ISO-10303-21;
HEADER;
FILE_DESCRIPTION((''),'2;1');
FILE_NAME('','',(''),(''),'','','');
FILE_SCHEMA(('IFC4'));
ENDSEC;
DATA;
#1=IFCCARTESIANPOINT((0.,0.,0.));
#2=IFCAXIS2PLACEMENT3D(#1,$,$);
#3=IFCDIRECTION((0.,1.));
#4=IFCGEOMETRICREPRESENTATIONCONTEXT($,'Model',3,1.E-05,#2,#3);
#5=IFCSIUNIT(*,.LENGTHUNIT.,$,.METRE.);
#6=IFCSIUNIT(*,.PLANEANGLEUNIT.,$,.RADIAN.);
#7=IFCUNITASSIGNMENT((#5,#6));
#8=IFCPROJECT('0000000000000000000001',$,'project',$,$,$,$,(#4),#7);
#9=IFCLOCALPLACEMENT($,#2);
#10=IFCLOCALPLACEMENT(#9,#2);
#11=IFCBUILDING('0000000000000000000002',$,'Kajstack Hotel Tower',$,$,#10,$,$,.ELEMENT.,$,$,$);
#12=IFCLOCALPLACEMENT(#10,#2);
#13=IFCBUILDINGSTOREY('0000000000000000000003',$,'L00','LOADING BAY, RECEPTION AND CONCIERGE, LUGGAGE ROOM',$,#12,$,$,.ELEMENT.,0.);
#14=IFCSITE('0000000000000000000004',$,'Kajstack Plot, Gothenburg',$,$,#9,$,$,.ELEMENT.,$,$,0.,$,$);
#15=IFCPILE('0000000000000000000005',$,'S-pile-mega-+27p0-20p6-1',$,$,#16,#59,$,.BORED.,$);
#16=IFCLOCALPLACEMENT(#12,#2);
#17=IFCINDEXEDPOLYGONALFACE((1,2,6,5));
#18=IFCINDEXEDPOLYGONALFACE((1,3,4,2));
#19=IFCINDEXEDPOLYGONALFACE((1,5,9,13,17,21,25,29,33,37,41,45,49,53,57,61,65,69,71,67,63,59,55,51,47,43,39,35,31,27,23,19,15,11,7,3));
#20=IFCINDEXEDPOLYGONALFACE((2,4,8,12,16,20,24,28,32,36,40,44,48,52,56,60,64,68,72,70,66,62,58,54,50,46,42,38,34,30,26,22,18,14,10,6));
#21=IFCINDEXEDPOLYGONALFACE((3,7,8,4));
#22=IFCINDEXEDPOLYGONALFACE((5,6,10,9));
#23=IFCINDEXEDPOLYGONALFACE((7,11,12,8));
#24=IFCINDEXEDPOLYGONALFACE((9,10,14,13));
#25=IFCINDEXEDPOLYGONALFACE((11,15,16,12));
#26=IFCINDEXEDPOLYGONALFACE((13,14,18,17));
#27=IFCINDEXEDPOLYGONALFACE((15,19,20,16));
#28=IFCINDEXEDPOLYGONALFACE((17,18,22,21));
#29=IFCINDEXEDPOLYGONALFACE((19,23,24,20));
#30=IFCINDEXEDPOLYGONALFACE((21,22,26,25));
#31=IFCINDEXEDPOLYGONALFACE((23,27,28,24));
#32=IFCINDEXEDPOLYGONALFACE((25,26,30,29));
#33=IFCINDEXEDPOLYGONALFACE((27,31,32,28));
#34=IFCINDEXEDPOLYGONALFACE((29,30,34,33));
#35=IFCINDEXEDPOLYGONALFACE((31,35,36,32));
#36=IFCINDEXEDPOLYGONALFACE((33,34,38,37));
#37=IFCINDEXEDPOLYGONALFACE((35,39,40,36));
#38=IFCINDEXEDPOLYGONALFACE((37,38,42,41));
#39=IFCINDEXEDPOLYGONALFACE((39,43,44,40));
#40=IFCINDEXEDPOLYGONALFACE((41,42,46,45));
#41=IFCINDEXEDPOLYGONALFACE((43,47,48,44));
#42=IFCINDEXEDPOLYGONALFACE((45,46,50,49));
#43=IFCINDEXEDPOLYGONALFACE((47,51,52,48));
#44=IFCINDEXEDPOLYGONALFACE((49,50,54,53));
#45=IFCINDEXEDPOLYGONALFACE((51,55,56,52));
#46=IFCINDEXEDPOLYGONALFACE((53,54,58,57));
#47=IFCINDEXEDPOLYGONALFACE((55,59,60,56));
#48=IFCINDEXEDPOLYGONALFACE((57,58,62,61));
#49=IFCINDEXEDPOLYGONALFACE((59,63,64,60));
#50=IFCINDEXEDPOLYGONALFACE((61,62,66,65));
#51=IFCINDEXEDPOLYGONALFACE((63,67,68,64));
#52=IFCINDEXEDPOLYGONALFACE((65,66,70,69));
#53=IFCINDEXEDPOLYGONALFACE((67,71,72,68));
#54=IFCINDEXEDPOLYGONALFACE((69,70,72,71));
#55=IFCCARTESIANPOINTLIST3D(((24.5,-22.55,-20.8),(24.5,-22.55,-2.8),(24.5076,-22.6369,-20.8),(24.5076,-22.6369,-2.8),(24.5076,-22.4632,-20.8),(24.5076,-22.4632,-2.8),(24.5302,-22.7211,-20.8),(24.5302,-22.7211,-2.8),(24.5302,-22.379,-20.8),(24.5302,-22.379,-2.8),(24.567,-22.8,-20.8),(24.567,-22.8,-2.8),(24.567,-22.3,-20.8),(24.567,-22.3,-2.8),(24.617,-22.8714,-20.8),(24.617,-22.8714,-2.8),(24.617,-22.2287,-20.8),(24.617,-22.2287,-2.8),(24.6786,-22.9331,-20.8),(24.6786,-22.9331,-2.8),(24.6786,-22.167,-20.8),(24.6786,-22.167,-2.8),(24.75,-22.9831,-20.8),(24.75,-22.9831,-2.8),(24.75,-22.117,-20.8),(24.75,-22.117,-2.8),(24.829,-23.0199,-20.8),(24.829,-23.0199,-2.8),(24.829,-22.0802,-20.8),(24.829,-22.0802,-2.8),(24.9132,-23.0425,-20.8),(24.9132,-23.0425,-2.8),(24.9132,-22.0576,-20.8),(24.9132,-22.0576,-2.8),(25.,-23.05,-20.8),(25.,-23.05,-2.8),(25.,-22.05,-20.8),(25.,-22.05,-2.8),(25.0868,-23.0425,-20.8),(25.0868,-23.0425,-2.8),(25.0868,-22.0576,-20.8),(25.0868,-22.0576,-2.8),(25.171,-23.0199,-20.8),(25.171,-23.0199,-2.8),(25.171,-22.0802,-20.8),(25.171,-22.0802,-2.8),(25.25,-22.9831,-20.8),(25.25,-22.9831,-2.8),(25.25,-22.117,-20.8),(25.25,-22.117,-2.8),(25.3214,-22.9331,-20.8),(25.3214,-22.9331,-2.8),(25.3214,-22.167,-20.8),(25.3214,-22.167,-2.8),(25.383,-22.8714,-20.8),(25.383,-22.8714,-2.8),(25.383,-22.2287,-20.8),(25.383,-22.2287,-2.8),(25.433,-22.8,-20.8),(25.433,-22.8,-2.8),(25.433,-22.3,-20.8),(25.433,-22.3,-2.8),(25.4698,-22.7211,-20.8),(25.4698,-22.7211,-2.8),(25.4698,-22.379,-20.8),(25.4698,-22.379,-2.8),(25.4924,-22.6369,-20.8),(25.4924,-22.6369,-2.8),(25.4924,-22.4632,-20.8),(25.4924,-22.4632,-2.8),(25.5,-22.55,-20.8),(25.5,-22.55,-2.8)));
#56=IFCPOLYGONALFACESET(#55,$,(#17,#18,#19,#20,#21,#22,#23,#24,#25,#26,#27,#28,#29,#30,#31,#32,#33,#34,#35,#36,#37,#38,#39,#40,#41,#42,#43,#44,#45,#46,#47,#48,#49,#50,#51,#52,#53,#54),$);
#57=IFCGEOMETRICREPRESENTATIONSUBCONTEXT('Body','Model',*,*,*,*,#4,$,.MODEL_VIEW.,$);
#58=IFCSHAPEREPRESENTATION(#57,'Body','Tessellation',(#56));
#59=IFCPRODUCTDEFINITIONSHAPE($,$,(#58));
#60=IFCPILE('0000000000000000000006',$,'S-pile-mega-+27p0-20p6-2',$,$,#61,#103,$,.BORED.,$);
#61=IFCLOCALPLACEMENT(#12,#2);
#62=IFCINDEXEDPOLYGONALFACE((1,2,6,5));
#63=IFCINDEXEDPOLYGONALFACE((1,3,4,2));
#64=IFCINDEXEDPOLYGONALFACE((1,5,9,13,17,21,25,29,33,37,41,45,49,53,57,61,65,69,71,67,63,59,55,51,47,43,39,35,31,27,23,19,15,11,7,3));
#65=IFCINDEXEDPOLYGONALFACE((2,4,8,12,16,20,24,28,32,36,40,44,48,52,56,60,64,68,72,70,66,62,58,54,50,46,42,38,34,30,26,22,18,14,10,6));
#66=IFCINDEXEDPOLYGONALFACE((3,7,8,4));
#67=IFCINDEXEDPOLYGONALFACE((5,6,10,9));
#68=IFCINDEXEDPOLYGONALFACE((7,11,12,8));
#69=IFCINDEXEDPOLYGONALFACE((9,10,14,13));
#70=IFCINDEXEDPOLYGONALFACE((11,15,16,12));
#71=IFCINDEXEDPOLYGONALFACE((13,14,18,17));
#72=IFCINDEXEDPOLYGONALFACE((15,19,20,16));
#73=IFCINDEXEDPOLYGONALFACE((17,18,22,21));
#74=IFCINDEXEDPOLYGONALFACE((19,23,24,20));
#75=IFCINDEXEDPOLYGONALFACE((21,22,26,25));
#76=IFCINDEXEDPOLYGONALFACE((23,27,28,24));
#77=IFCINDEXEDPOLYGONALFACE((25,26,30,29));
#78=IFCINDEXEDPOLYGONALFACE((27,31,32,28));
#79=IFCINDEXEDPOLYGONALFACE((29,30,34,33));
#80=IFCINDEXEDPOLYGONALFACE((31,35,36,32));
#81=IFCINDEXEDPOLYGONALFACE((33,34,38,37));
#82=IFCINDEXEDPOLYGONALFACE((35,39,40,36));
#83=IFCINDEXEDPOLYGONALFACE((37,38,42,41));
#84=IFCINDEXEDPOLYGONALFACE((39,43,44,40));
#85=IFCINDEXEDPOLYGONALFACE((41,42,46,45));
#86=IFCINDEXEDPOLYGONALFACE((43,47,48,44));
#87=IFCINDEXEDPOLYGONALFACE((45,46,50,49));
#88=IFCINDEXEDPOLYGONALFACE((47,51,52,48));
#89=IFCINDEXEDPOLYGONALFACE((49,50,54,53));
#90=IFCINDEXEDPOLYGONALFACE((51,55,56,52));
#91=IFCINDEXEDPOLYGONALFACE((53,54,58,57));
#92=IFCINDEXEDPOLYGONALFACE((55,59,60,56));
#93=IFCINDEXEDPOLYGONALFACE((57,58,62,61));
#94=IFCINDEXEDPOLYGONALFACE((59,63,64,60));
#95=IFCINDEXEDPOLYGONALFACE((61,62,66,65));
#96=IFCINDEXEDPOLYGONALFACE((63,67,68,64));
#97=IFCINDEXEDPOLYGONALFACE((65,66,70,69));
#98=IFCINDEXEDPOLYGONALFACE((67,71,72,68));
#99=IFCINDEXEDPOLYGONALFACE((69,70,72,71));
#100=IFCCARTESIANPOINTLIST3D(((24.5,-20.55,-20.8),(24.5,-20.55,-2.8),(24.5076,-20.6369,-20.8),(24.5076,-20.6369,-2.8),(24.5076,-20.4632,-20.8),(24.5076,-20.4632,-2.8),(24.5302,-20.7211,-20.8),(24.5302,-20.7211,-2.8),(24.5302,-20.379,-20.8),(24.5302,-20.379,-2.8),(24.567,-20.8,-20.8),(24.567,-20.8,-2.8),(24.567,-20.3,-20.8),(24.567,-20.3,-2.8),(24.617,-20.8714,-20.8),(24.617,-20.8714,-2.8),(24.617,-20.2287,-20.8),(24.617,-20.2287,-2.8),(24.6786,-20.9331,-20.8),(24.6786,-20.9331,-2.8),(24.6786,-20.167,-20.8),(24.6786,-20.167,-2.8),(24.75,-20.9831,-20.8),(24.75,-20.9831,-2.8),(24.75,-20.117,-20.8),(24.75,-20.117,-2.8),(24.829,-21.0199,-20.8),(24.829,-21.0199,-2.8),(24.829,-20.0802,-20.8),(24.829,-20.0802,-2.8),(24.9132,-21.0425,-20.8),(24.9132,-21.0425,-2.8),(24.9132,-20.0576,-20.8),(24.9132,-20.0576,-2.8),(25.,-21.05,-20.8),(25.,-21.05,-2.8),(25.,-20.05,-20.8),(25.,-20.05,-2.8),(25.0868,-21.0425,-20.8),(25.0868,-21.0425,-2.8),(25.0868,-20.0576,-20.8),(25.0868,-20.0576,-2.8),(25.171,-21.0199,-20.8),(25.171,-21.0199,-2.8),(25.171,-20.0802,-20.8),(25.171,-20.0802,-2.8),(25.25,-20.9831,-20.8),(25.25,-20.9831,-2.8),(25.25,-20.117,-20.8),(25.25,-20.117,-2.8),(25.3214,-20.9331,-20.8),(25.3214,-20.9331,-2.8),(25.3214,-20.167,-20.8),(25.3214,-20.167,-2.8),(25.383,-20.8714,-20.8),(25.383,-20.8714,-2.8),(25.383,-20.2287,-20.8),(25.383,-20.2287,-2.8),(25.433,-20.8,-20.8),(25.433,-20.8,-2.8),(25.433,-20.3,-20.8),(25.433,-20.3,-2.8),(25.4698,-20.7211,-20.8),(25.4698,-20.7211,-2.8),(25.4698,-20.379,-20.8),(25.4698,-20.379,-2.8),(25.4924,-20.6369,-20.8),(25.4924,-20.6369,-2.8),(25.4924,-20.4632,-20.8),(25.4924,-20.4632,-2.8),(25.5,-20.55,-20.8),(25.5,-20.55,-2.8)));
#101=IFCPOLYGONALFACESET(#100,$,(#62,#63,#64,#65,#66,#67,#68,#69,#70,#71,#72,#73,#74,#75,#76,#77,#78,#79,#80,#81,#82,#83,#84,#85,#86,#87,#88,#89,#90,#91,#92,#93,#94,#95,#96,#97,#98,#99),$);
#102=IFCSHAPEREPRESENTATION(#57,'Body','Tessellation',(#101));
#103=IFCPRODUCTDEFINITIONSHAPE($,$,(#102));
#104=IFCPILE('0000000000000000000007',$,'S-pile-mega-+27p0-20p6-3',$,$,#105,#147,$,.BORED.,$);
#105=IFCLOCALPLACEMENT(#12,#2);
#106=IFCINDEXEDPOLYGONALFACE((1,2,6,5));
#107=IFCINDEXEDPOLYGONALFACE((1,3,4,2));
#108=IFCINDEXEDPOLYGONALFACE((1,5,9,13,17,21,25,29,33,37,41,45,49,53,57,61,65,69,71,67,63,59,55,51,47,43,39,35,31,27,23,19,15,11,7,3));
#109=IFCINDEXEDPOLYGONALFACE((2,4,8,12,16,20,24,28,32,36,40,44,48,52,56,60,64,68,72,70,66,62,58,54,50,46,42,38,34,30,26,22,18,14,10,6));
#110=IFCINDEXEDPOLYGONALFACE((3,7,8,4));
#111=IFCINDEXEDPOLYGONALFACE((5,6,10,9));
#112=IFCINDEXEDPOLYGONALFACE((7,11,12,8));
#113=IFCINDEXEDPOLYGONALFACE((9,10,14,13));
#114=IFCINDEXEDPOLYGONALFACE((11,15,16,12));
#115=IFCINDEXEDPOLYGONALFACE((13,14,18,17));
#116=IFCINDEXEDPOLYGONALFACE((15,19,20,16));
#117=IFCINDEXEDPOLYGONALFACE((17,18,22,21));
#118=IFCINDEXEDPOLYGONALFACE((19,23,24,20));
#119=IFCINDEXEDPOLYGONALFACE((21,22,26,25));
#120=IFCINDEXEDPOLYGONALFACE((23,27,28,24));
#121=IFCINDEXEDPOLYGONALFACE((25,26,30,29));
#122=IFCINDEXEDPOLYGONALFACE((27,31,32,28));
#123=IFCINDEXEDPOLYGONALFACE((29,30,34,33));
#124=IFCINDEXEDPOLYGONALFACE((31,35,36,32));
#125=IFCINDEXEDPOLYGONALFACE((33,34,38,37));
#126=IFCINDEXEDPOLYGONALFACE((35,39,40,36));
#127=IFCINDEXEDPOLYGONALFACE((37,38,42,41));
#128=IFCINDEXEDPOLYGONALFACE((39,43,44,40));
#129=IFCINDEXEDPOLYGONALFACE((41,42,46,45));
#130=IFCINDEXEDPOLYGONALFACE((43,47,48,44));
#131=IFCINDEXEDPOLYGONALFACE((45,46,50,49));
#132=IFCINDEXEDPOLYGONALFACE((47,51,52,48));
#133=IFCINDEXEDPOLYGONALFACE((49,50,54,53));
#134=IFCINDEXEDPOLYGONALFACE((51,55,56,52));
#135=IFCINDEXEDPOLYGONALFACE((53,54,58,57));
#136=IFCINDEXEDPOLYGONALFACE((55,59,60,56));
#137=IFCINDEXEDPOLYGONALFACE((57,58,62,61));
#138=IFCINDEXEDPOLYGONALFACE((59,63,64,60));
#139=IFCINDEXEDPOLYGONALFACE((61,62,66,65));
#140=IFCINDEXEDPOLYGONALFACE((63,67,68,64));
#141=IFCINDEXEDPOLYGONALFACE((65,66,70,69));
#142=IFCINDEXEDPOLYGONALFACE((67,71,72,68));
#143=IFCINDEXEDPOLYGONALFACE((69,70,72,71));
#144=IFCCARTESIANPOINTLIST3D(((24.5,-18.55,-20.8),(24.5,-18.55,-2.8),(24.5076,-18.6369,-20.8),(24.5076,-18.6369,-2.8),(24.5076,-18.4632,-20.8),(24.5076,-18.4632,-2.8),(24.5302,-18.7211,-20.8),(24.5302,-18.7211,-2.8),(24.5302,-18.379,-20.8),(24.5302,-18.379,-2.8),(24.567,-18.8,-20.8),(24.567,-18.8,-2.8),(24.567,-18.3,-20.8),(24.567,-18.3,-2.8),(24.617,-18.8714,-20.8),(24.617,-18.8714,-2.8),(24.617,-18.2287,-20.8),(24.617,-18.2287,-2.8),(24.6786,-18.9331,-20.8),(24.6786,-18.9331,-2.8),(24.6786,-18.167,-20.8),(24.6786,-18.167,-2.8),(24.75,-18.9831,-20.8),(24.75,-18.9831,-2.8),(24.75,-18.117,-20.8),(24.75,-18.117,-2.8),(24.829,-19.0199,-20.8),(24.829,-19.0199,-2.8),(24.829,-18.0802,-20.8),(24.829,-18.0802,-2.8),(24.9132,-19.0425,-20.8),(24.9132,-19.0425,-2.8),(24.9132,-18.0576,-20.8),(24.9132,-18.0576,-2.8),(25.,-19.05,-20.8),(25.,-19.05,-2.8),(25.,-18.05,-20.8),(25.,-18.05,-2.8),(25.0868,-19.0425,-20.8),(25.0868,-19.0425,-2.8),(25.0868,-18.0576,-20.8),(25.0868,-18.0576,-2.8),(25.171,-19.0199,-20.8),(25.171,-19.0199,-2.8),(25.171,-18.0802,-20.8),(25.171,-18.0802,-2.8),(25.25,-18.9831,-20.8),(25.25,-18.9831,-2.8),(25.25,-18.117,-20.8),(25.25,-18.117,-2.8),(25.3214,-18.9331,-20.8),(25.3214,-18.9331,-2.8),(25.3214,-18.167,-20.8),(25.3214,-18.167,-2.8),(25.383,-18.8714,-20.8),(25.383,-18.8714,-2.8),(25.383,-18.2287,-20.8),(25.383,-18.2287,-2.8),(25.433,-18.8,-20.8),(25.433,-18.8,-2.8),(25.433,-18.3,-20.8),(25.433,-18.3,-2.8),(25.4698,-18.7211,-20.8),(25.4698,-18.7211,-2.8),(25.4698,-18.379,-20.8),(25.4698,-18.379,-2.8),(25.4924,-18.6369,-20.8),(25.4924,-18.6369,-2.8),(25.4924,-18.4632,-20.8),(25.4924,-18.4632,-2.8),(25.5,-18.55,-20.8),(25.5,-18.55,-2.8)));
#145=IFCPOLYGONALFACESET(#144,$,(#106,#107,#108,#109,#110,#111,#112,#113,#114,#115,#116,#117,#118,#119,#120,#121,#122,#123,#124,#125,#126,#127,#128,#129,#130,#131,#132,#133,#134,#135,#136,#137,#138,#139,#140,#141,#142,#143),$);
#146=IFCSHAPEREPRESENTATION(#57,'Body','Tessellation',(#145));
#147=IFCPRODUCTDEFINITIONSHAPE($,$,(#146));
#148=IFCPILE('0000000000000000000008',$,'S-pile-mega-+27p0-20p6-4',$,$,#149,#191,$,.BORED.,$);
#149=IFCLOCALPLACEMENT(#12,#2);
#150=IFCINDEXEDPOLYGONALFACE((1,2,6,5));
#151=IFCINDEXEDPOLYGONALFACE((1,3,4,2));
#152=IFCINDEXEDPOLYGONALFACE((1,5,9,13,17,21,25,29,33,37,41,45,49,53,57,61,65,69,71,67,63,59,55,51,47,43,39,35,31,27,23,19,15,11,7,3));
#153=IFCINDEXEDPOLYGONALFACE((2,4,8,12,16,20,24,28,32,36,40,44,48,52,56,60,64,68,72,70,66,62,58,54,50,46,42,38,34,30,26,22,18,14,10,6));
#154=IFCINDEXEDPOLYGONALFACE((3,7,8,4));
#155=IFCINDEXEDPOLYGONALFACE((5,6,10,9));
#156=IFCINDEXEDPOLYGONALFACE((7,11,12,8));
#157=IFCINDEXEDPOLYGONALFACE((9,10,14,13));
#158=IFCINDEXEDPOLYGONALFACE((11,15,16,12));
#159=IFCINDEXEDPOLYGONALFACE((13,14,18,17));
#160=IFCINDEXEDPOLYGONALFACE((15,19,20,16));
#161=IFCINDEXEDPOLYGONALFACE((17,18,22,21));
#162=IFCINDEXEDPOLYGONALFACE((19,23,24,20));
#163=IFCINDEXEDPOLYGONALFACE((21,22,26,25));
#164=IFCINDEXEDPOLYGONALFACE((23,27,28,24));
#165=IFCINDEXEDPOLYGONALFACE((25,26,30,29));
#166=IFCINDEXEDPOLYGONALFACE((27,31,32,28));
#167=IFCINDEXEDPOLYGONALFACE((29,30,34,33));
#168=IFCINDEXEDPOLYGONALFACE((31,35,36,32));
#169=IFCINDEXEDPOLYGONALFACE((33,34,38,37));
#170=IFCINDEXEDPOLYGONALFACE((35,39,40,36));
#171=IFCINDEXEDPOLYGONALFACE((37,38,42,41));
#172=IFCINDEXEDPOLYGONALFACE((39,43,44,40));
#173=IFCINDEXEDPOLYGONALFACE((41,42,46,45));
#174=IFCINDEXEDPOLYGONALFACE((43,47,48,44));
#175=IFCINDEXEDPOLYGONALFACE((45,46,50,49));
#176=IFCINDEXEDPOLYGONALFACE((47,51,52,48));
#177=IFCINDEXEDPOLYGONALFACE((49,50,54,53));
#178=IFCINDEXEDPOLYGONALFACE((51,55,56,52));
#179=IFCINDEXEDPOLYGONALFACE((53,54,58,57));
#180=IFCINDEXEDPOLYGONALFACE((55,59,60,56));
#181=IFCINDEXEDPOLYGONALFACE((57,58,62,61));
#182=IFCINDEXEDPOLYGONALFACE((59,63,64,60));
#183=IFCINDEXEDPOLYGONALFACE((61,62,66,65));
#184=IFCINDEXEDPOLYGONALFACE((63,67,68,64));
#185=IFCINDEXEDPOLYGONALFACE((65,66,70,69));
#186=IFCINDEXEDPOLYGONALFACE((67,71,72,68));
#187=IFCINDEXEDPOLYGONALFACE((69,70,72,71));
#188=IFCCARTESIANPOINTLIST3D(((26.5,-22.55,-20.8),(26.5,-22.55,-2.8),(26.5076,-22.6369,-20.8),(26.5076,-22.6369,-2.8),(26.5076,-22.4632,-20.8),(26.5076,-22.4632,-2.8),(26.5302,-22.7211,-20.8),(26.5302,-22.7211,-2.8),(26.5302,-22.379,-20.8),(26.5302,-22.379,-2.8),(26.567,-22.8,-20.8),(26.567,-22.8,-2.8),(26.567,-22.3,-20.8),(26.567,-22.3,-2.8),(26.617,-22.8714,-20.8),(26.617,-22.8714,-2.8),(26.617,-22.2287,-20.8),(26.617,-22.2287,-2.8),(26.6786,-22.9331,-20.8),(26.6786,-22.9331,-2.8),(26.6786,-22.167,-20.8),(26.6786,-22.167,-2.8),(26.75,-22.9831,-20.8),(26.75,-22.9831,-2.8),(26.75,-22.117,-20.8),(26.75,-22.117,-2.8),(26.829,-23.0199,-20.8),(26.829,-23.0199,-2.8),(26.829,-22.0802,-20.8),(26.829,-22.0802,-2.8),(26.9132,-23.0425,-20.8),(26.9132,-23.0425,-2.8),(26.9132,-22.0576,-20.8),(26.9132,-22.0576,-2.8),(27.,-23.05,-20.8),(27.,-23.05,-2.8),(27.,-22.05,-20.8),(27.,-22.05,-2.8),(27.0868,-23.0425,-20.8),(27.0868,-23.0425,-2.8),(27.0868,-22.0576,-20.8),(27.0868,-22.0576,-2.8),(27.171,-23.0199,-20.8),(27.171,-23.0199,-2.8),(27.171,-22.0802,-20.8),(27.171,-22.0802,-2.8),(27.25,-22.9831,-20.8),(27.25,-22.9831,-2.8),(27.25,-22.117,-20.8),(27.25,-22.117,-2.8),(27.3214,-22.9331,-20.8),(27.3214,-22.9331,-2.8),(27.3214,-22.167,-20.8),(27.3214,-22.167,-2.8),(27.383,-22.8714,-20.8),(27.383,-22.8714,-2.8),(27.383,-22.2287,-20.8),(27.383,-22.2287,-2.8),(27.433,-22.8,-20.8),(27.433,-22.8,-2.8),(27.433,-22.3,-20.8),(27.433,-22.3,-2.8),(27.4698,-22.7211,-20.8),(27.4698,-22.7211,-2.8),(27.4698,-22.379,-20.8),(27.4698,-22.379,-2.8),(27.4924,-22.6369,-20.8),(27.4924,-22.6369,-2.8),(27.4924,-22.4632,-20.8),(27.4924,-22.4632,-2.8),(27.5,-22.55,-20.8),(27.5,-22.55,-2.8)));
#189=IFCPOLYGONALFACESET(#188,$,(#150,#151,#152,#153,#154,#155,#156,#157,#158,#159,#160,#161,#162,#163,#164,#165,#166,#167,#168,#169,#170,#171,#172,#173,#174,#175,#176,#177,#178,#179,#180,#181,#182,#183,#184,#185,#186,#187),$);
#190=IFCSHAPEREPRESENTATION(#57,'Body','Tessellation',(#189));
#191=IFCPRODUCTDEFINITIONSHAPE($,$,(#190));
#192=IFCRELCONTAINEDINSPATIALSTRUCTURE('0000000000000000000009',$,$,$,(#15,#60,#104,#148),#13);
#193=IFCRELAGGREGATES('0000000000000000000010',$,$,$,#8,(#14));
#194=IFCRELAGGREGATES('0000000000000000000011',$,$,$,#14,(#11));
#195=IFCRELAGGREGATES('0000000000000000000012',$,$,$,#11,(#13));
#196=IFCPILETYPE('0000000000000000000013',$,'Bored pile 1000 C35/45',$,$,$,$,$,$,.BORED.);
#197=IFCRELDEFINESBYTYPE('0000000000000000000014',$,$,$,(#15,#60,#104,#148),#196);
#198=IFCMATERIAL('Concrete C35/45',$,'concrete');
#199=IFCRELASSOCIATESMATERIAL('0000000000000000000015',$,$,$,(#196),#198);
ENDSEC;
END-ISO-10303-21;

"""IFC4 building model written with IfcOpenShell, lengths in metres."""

from ifc_helpers import new_model, si_unit, direction, frame, origin, origin_2d, place, context, subcontext, project, spatial, circle, extrude, material, material_profile, profile_set, type_object, element, save


model = new_model("IFC4")

# Units and contexts
model_context = context("Model", 3, precision=1e-05, world=origin(), true_north=direction((0.0, 1.0)))
body_context = subcontext(model_context, "Body", "Model", "MODEL_VIEW")
ifc_project = project(units=[si_unit("LENGTHUNIT", "METRE"), si_unit("PLANEANGLEUNIT", "RADIAN")], contexts=[model_context])

# Site, building, storey
site_placement = place(None, origin())
site = spatial("IfcSite", under=ifc_project, at=site_placement, Name="Kajstack Plot, Gothenburg", CompositionType="ELEMENT", RefElevation=0.0)
building_placement = place(site_placement, origin())
building = spatial("IfcBuilding", under=site, at=building_placement, Name="Kajstack Hotel Tower", CompositionType="ELEMENT")
storey_placement = place(building_placement, origin())
storey = spatial("IfcBuildingStorey", under=building, at=storey_placement, Name="L00", Description="LOADING BAY, RECEPTION AND CONCIERGE, LUGGAGE ROOM", CompositionType="ELEMENT", Elevation=0.0)

# Piles
ifc_material_1 = material(Name="Concrete C35/45", Category="concrete")
ifc_material_profile_1 = material_profile(ifc_material_1, circle(Radius=0.5, at=origin_2d()), Name="RC round 1000")
ifc_profile_set_1 = profile_set([ifc_material_profile_1], Name="Concrete C35/45")
pile_type_1 = type_object("IfcPileType", Name="Bored pile 1000 C35/45", PredefinedType="BORED", material=ifc_profile_set_1)
for number, where, z_axis, x_axis, name in (
    (1, (25.0, -22.55, -2.8), (0.0, 0.0, -1.0), (1.0, 0.0, 0.0), "S-pile-mega-+27p0-20p6-1"),
    (2, (25.0, -20.55, -2.8), (0.0, 0.0, -1.0), (1.0, 0.0, 0.0), "S-pile-mega-+27p0-20p6-2"),
    (3, (25.0, -18.55, -2.8), (0.0, 0.0, -1.0), (1.0, 0.0, 0.0), "S-pile-mega-+27p0-20p6-3"),
    (4, (27.0, -22.55, -2.8), (0.0, 0.0, -1.0), (1.0, 0.0, 0.0), "S-pile-mega-+27p0-20p6-4"),
):
    element("IfcPile", number, at=place(storey_placement, frame(where, z_axis=z_axis, x_axis=x_axis)), inside=storey, type_object=pile_type_1, Name=name, PredefinedType="BORED", context=body_context, shape_type="SweptSolid", body=[
        extrude(circle(Radius=0.5, at=origin_2d()), origin(), (0.0, 0.0, 1.0), 18.0),
    ])

save(model, "model.ifc")
